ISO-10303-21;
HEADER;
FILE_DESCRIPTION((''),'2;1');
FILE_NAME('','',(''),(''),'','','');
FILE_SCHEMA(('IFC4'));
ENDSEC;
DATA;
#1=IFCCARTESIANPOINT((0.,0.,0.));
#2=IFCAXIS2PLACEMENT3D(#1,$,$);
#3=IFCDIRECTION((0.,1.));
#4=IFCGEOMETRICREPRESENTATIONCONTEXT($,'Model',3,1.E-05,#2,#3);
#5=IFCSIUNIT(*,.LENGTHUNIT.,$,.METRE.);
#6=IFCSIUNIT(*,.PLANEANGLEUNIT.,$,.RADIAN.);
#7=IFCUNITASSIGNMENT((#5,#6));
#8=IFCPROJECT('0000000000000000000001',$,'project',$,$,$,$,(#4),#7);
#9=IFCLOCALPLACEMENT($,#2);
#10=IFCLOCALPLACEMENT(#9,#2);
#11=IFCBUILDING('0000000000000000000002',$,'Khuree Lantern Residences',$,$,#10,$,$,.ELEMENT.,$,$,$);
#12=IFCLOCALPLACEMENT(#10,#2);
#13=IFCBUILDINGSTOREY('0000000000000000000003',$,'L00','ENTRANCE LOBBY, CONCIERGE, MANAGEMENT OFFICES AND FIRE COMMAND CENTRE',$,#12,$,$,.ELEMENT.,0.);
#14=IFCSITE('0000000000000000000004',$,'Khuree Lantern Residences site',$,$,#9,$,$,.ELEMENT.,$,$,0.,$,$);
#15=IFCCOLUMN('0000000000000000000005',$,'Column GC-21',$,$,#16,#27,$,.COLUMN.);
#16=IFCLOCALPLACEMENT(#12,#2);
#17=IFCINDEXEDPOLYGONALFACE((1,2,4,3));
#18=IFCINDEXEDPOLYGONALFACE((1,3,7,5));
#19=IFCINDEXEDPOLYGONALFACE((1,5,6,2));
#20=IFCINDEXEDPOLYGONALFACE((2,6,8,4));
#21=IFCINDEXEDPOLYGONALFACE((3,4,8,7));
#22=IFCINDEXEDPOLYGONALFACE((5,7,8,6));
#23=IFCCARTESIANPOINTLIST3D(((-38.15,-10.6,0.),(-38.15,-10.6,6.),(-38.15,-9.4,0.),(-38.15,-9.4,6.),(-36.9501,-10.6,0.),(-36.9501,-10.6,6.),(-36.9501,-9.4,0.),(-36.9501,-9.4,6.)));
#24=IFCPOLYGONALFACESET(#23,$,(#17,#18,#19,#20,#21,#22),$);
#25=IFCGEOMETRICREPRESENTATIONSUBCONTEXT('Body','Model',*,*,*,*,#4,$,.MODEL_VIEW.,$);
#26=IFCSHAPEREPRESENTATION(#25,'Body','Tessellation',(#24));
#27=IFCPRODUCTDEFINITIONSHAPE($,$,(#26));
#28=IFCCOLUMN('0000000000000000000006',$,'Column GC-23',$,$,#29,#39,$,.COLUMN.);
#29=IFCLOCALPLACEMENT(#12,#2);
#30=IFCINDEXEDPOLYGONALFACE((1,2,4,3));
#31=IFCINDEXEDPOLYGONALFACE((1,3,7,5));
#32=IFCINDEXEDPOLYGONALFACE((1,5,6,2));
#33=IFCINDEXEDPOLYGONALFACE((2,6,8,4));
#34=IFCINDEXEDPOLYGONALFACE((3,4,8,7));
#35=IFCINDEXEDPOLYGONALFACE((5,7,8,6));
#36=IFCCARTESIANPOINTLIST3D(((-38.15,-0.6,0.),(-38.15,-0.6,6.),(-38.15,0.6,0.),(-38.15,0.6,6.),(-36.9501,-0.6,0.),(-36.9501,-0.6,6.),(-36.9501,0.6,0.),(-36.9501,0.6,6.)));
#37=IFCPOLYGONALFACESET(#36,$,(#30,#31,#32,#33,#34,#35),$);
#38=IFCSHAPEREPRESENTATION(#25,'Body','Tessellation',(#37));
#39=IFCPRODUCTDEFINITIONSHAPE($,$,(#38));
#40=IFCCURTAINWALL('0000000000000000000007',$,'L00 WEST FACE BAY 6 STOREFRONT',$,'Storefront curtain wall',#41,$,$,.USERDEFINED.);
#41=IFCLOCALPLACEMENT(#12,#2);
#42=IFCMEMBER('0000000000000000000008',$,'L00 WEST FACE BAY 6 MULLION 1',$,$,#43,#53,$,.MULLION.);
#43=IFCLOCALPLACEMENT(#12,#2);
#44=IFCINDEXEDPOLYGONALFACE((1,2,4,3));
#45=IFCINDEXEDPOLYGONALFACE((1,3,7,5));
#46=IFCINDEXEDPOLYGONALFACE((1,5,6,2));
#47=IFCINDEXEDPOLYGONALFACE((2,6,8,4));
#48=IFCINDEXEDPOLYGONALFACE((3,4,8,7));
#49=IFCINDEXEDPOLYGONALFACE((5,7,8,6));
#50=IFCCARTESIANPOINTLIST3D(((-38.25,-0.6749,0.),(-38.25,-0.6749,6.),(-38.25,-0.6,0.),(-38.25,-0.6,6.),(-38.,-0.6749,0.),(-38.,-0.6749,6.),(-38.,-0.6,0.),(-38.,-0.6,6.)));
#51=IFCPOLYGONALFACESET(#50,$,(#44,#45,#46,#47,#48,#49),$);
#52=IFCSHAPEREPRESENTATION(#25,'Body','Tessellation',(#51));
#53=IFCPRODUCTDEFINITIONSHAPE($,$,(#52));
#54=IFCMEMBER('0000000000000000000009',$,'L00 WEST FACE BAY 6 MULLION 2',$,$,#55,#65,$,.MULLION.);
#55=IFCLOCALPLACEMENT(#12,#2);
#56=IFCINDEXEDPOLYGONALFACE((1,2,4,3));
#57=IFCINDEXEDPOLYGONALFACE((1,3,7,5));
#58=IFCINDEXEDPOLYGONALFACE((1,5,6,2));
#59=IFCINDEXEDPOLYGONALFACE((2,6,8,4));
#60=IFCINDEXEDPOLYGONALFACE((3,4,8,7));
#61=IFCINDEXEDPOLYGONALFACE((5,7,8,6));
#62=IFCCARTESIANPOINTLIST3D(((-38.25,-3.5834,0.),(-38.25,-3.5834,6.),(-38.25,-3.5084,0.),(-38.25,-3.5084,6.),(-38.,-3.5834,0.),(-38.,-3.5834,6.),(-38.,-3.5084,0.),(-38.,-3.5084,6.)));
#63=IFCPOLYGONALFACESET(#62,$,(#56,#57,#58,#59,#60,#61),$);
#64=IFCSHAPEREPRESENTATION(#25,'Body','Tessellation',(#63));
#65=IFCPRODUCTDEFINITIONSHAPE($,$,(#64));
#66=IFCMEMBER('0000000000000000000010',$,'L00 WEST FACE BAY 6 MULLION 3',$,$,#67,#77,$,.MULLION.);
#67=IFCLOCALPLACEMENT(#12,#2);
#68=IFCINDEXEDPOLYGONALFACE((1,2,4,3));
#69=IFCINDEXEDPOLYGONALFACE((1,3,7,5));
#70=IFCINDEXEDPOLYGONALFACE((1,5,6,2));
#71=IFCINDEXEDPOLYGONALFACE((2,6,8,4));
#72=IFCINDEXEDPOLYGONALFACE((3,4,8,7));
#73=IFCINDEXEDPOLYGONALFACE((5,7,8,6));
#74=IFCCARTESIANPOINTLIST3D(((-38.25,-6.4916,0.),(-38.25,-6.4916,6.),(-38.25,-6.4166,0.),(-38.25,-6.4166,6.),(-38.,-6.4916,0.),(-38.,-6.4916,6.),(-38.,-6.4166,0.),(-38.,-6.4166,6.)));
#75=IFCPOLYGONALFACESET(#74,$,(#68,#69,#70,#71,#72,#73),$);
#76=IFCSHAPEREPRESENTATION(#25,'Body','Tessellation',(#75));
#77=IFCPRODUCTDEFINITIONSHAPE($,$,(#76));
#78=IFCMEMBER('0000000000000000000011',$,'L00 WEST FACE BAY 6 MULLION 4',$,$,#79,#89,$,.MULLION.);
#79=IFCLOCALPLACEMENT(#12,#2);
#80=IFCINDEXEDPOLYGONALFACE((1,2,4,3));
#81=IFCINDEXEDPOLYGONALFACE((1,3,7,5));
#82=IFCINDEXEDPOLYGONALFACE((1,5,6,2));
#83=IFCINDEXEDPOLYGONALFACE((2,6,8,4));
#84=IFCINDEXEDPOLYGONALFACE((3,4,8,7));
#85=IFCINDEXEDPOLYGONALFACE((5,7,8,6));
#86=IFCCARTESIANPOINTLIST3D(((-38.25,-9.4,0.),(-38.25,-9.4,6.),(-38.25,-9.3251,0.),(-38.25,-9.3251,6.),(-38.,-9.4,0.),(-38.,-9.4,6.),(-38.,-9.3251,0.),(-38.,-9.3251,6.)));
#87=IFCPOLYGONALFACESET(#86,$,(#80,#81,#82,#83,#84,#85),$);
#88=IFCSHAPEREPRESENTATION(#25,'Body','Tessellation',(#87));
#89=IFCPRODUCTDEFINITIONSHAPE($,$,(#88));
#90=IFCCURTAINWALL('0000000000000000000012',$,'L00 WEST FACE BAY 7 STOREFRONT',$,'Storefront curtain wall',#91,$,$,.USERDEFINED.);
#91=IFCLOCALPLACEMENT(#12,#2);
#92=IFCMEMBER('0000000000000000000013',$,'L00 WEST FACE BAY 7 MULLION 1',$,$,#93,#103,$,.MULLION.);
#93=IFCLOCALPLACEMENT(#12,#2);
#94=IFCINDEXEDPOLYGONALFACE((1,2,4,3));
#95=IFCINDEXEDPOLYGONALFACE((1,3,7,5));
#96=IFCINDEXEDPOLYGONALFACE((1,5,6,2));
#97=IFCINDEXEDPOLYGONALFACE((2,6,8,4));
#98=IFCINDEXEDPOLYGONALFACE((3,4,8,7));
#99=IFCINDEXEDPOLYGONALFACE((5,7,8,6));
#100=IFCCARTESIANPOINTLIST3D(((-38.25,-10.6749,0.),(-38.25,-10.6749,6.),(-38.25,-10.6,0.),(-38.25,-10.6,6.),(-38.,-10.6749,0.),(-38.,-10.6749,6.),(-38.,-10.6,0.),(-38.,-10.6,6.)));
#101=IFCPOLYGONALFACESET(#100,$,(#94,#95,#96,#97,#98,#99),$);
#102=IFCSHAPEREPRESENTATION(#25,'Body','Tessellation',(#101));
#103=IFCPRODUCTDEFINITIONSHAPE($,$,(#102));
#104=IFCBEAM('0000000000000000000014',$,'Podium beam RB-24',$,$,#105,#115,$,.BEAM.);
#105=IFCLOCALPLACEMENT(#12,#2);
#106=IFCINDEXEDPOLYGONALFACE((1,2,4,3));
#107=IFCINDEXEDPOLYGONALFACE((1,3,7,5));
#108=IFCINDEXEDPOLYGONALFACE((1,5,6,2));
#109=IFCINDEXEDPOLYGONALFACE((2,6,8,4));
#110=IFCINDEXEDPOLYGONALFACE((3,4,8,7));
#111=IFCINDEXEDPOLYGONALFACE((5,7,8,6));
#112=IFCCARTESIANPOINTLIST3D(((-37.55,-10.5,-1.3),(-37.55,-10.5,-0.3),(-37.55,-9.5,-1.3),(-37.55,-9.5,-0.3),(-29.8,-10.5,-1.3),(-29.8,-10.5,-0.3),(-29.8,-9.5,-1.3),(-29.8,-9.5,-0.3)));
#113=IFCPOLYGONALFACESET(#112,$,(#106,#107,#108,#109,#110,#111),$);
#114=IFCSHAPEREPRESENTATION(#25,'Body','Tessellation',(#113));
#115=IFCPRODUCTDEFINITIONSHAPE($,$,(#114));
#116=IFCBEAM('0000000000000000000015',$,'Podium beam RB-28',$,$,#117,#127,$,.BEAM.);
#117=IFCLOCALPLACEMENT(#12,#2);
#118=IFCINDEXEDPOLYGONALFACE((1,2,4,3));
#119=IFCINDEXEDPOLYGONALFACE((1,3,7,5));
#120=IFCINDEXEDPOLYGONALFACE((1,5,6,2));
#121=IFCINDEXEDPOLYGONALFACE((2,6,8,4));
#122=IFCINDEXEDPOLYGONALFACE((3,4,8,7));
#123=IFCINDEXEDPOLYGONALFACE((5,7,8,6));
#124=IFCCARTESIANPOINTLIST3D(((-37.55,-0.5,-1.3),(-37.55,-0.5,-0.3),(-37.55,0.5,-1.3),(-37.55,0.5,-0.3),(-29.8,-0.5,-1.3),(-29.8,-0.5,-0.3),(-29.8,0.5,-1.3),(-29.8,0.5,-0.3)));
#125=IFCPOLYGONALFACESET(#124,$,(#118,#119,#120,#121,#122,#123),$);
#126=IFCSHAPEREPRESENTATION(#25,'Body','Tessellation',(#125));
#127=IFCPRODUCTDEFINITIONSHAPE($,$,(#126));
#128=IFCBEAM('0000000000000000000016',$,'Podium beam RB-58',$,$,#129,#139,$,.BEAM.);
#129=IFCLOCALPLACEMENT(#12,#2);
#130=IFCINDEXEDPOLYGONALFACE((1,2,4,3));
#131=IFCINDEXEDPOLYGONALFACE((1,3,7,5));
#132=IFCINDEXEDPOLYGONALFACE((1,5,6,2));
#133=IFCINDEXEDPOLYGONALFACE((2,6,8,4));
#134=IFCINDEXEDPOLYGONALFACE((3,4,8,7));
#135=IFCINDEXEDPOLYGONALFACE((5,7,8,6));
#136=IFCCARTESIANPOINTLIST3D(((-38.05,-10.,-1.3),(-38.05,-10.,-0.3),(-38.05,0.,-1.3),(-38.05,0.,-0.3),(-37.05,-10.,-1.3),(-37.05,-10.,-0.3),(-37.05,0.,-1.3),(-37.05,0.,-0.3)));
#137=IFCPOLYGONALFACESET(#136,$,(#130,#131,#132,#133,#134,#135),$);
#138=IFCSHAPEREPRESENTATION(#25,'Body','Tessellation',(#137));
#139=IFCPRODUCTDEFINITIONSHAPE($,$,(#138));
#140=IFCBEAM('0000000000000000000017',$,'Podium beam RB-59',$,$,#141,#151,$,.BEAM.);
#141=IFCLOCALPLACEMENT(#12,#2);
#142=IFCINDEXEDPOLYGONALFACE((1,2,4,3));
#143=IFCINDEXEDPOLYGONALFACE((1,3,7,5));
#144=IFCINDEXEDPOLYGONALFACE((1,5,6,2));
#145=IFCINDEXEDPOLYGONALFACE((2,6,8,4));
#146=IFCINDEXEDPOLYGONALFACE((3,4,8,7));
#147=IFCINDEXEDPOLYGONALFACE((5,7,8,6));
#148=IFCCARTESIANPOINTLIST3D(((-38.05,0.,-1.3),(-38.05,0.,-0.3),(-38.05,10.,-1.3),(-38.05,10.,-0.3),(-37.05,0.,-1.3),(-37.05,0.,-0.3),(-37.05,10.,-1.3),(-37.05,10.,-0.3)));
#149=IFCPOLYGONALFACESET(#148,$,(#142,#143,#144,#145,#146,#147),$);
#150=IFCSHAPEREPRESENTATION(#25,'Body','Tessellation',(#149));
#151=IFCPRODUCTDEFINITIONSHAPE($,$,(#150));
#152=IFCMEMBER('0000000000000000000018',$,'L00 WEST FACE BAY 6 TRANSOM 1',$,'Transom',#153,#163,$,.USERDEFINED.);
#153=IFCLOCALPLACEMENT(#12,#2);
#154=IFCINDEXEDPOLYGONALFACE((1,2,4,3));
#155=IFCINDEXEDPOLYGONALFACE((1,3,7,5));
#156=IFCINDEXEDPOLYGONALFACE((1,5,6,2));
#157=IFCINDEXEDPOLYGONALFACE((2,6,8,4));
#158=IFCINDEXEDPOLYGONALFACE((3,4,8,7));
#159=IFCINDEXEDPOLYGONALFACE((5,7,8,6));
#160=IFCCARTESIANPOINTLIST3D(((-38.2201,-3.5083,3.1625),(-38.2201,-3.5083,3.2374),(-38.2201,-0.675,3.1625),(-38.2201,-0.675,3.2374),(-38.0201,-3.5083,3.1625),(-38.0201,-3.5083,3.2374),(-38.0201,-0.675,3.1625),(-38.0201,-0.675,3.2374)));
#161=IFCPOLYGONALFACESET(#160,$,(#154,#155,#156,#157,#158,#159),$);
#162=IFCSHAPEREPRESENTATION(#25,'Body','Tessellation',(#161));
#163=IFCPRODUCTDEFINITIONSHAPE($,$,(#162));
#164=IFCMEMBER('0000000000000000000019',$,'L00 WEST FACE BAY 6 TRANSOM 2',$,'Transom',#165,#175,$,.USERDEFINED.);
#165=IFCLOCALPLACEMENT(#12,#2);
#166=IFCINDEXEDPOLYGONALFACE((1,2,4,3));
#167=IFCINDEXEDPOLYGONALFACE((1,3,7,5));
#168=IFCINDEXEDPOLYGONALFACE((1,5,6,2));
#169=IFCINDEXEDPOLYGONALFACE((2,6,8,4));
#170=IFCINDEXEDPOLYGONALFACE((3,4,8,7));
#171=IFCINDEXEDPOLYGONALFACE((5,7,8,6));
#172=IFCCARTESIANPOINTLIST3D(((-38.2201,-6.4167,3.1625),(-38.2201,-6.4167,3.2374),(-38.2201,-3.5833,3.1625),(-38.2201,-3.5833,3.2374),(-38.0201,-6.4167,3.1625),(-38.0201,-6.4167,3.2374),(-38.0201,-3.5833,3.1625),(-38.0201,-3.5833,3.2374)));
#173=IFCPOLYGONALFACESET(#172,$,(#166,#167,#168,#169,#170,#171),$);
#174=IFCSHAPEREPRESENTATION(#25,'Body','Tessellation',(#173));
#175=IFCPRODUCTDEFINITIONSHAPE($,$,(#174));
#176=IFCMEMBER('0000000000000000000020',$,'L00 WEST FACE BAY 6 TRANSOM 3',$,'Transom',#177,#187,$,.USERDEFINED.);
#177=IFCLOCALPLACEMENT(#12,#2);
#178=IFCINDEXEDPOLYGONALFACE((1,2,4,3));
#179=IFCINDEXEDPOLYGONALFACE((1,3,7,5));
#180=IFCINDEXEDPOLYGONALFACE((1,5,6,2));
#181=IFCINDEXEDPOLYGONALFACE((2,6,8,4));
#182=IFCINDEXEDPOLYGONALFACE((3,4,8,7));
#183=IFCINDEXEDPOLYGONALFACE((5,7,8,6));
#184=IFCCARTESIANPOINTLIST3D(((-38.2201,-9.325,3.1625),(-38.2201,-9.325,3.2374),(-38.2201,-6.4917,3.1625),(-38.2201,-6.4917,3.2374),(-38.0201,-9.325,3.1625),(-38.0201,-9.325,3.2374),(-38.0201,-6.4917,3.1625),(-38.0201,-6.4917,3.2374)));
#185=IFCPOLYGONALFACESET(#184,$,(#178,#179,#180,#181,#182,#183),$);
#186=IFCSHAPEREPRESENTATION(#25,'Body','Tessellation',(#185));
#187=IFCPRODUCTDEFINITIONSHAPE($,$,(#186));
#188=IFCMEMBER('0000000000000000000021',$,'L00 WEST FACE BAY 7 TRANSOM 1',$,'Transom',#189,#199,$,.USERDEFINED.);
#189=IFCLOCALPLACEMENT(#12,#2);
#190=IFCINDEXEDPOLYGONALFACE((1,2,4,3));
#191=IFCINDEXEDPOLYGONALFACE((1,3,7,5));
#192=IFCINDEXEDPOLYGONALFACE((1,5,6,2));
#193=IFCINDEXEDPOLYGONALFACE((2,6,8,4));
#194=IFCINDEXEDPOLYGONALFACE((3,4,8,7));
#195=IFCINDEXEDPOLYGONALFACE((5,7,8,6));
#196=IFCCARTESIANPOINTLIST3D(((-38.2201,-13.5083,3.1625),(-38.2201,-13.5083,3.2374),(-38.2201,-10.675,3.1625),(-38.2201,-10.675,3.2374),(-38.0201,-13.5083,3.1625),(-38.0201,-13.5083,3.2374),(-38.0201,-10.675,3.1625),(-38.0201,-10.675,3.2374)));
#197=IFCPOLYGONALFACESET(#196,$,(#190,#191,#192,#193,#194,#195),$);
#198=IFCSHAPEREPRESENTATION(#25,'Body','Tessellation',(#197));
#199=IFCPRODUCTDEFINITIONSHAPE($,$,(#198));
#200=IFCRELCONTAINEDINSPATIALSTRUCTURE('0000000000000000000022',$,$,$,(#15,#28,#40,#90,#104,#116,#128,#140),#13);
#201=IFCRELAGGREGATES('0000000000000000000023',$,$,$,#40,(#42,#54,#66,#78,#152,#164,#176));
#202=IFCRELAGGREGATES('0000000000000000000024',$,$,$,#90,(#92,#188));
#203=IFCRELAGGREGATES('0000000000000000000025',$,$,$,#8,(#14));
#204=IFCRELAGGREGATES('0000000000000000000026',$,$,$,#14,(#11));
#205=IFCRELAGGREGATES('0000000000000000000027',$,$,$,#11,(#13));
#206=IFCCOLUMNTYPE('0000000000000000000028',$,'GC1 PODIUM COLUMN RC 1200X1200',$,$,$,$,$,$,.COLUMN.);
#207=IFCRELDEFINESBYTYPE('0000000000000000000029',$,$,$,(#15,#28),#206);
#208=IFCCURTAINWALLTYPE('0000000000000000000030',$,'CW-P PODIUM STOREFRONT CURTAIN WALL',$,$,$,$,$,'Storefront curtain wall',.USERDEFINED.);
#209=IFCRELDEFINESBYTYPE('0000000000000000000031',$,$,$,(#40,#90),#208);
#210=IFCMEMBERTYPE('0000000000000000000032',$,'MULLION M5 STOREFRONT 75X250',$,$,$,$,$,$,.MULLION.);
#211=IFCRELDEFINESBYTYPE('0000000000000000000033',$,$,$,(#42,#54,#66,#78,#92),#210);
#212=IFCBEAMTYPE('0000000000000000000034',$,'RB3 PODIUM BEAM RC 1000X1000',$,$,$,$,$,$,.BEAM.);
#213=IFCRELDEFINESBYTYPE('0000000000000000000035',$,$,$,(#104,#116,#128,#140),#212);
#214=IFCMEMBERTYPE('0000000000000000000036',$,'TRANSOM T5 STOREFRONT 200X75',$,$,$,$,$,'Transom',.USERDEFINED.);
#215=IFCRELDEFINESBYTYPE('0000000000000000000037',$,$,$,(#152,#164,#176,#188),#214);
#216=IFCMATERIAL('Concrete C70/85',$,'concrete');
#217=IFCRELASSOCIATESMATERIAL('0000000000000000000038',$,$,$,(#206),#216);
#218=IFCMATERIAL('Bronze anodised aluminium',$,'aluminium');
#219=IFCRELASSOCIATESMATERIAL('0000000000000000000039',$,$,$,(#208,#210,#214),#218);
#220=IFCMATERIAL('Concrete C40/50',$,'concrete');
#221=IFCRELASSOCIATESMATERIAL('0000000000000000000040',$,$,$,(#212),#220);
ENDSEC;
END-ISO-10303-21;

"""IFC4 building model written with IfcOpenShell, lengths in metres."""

from ifc_helpers import new_model, si_unit, direction, frame, origin, origin_2d, place, context, subcontext, project, spatial, rectangle, extrude, material, material_profile, profile_set, type_object, element, aggregate, save


model = new_model("IFC4")

# Units and contexts
model_context = context("Model", 3, precision=1e-05, world=origin(), true_north=direction((0.0, 1.0)))
body_context = subcontext(model_context, "Body", "Model", "MODEL_VIEW")
ifc_project = project(units=[si_unit("LENGTHUNIT", "METRE"), si_unit("PLANEANGLEUNIT", "RADIAN")], contexts=[model_context])

# Site, building, storey
site_placement = place(None, origin())
site = spatial("IfcSite", under=ifc_project, at=site_placement, Name="Khuree Lantern Residences site", CompositionType="ELEMENT", RefElevation=0.0)
building_placement = place(site_placement, origin())
building = spatial("IfcBuilding", under=site, at=building_placement, Name="Khuree Lantern Residences", CompositionType="ELEMENT")
storey_placement = place(building_placement, origin())
storey = spatial("IfcBuildingStorey", under=building, at=storey_placement, Name="L00", Description="ENTRANCE LOBBY, CONCIERGE, MANAGEMENT OFFICES AND FIRE COMMAND CENTRE", CompositionType="ELEMENT", Elevation=0.0)

# Columns
ifc_material_1 = material(Name="Concrete C70/85", Category="concrete")
ifc_material_profile_1 = material_profile(ifc_material_1, rectangle(XDim=1.2, YDim=1.2, at=origin_2d()), Name="RC 1200X1200")
ifc_profile_set_1 = profile_set([ifc_material_profile_1], Name="Concrete C70/85")
column_type = type_object("IfcColumnType", Name="GC1 PODIUM COLUMN RC 1200X1200", PredefinedType="COLUMN", material=ifc_profile_set_1)
for number, where, z_axis, x_axis, name in (
    (1, (-37.55, -10.0, 0.0), (0.0, 0.0, 1.0), (1.0, 0.0, 0.0), "Column GC-21"),
    (2, (-37.55, 0.0, 0.0), (0.0, 0.0, 1.0), (1.0, 0.0, 0.0), "Column GC-23"),
):
    element("IfcColumn", number, at=place(storey_placement, frame(where, z_axis=z_axis, x_axis=x_axis)), inside=storey, type_object=column_type, Name=name, PredefinedType="COLUMN", context=body_context, shape_type="SweptSolid", body=[
        extrude(rectangle(XDim=1.2, YDim=1.2, at=origin_2d()), origin(), (0.0, 0.0, 1.0), 6.0),
    ])

# Curtain wall, members
ifc_material_2 = material(Name="Bronze anodised aluminium", Category="aluminium")
curtain_wall_type = type_object("IfcCurtainWallType", Name="CW-P PODIUM STOREFRONT CURTAIN WALL", ElementType="Storefront curtain wall", PredefinedType="USERDEFINED", material=ifc_material_2)
curtain_wall_1_placement = place(storey_placement, origin())
curtain_wall_1 = element("IfcCurtainWall", 3, at=curtain_wall_1_placement, inside=storey, type_object=curtain_wall_type, Name="L00 WEST FACE BAY 6 STOREFRONT", ObjectType="Storefront curtain wall", PredefinedType="USERDEFINED")
ifc_material_profile_2 = material_profile(ifc_material_2, rectangle(XDim=0.075, YDim=0.25, at=origin_2d()), Name="M5 75X250")
ifc_profile_set_2 = profile_set([ifc_material_profile_2], Name="Bronze anodised aluminium")
member_type_1 = type_object("IfcMemberType", Name="MULLION M5 STOREFRONT 75X250", PredefinedType="MULLION", material=ifc_profile_set_2)
member_1_placement = place(storey_placement, frame((-38.125, -0.6375, 0.0), z_axis=(0.0, 0.0, 1.0), x_axis=(0.0, -1.0, 0.0)))
member_1 = element("IfcMember", 4, at=member_1_placement, type_object=member_type_1, Name="L00 WEST FACE BAY 6 MULLION 1", PredefinedType="MULLION", context=body_context, shape_type="SweptSolid", body=[
    extrude(rectangle(XDim=0.075, YDim=0.25, at=origin_2d()), origin(), (0.0, 0.0, 1.0), 6.0),
])
member_2_placement = place(storey_placement, frame((-38.125, -3.5459, 0.0), z_axis=(0.0, 0.0, 1.0), x_axis=(0.0, -1.0, 0.0)))
member_2 = element("IfcMember", 5, at=member_2_placement, type_object=member_type_1, Name="L00 WEST FACE BAY 6 MULLION 2", PredefinedType="MULLION", context=body_context, shape_type="SweptSolid", body=[
    extrude(rectangle(XDim=0.075, YDim=0.25, at=origin_2d()), origin(), (0.0, 0.0, 1.0), 6.0),
])
member_3_placement = place(storey_placement, frame((-38.125, -6.4541, 0.0), z_axis=(0.0, 0.0, 1.0), x_axis=(0.0, -1.0, 0.0)))
member_3 = element("IfcMember", 6, at=member_3_placement, type_object=member_type_1, Name="L00 WEST FACE BAY 6 MULLION 3", PredefinedType="MULLION", context=body_context, shape_type="SweptSolid", body=[
    extrude(rectangle(XDim=0.075, YDim=0.25, at=origin_2d()), origin(), (0.0, 0.0, 1.0), 6.0),
])
member_4_placement = place(storey_placement, frame((-38.125, -9.3625, 0.0), z_axis=(0.0, 0.0, 1.0), x_axis=(0.0, -1.0, 0.0)))
member_4 = element("IfcMember", 7, at=member_4_placement, type_object=member_type_1, Name="L00 WEST FACE BAY 6 MULLION 4", PredefinedType="MULLION", context=body_context, shape_type="SweptSolid", body=[
    extrude(rectangle(XDim=0.075, YDim=0.25, at=origin_2d()), origin(), (0.0, 0.0, 1.0), 6.0),
])

# Curtain wall, member
curtain_wall_2_placement = place(storey_placement, origin())
curtain_wall_2 = element("IfcCurtainWall", 8, at=curtain_wall_2_placement, inside=storey, type_object=curtain_wall_type, Name="L00 WEST FACE BAY 7 STOREFRONT", ObjectType="Storefront curtain wall", PredefinedType="USERDEFINED")
member_5_placement = place(storey_placement, frame((-38.125, -10.6375, 0.0), z_axis=(0.0, 0.0, 1.0), x_axis=(0.0, -1.0, 0.0)))
member_5 = element("IfcMember", 9, at=member_5_placement, type_object=member_type_1, Name="L00 WEST FACE BAY 7 MULLION 1", PredefinedType="MULLION", context=body_context, shape_type="SweptSolid", body=[
    extrude(rectangle(XDim=0.075, YDim=0.25, at=origin_2d()), origin(), (0.0, 0.0, 1.0), 6.0),
])

# Beams
ifc_material_3 = material(Name="Concrete C40/50", Category="concrete")
ifc_material_profile_3 = material_profile(ifc_material_3, rectangle(XDim=1.0, YDim=1.0, at=origin_2d()), Name="RC 1000X1000")
ifc_profile_set_3 = profile_set([ifc_material_profile_3], Name="Concrete C40/50")
beam_type = type_object("IfcBeamType", Name="RB3 PODIUM BEAM RC 1000X1000", PredefinedType="BEAM", material=ifc_profile_set_3)
for number, where, z_axis, x_axis, name in (
    (10, (-37.55, -10.0, -0.8), (1.0, 0.0, 0.0), (0.0, 1.0, 0.0), "Podium beam RB-24"),
    (11, (-37.55, 0.0, -0.8), (1.0, 0.0, 0.0), (0.0, 1.0, 0.0), "Podium beam RB-28"),
):
    element("IfcBeam", number, at=place(storey_placement, frame(where, z_axis=z_axis, x_axis=x_axis)), inside=storey, type_object=beam_type, Name=name, PredefinedType="BEAM", context=body_context, shape_type="SweptSolid", body=[
        extrude(rectangle(XDim=1.0, YDim=1.0, at=origin_2d()), origin(), (0.0, 0.0, 1.0), 7.75),
    ])
for number, where, z_axis, x_axis, name in (
    (12, (-37.55, -10.0, -0.8), (0.0, 1.0, 0.0), (-1.0, 0.0, 0.0), "Podium beam RB-58"),
    (13, (-37.55, 0.0, -0.8), (0.0, 1.0, 0.0), (-1.0, 0.0, 0.0), "Podium beam RB-59"),
):
    element("IfcBeam", number, at=place(storey_placement, frame(where, z_axis=z_axis, x_axis=x_axis)), inside=storey, type_object=beam_type, Name=name, PredefinedType="BEAM", context=body_context, shape_type="SweptSolid", body=[
        extrude(rectangle(XDim=1.0, YDim=1.0, at=origin_2d()), origin(), (0.0, 0.0, 1.0), 10.0),
    ])

# Members
ifc_material_profile_4 = material_profile(ifc_material_2, rectangle(XDim=0.2, YDim=0.075, at=origin_2d()), Name="T5 200X75")
ifc_profile_set_4 = profile_set([ifc_material_profile_4], Name="Bronze anodised aluminium")
member_type_2 = type_object("IfcMemberType", Name="TRANSOM T5 STOREFRONT 200X75", ElementType="Transom", PredefinedType="USERDEFINED", material=ifc_profile_set_4)
member_6_placement = place(storey_placement, frame((-38.1201, -0.675, 3.2), z_axis=(0.0, -1.0, 0.0), x_axis=(1.0, 0.0, 0.0)))
member_6 = element("IfcMember", 14, at=member_6_placement, type_object=member_type_2, Name="L00 WEST FACE BAY 6 TRANSOM 1", ObjectType="Transom", PredefinedType="USERDEFINED", context=body_context, shape_type="SweptSolid", body=[
    extrude(rectangle(XDim=0.2, YDim=0.075, at=origin_2d()), origin(), (0.0, 0.0, 1.0), 2.8333),
])
member_7_placement = place(storey_placement, frame((-38.1201, -3.5833, 3.2), z_axis=(0.0, -1.0, 0.0), x_axis=(1.0, 0.0, 0.0)))
member_7 = element("IfcMember", 15, at=member_7_placement, type_object=member_type_2, Name="L00 WEST FACE BAY 6 TRANSOM 2", ObjectType="Transom", PredefinedType="USERDEFINED", context=body_context, shape_type="SweptSolid", body=[
    extrude(rectangle(XDim=0.2, YDim=0.075, at=origin_2d()), origin(), (0.0, 0.0, 1.0), 2.8335),
])
member_8_placement = place(storey_placement, frame((-38.1201, -6.4917, 3.2), z_axis=(0.0, -1.0, 0.0), x_axis=(1.0, 0.0, 0.0)))
member_8 = element("IfcMember", 16, at=member_8_placement, type_object=member_type_2, Name="L00 WEST FACE BAY 6 TRANSOM 3", ObjectType="Transom", PredefinedType="USERDEFINED", context=body_context, shape_type="SweptSolid", body=[
    extrude(rectangle(XDim=0.2, YDim=0.075, at=origin_2d()), origin(), (0.0, 0.0, 1.0), 2.8333),
])
member_9_placement = place(storey_placement, frame((-38.1201, -10.675, 3.2), z_axis=(0.0, -1.0, 0.0), x_axis=(1.0, 0.0, 0.0)))
member_9 = element("IfcMember", 17, at=member_9_placement, type_object=member_type_2, Name="L00 WEST FACE BAY 7 TRANSOM 1", ObjectType="Transom", PredefinedType="USERDEFINED", context=body_context, shape_type="SweptSolid", body=[
    extrude(rectangle(XDim=0.2, YDim=0.075, at=origin_2d()), origin(), (0.0, 0.0, 1.0), 2.8333),
])

aggregate(curtain_wall_1, [member_1, member_2, member_3, member_4, member_6, member_7, member_8])
aggregate(curtain_wall_2, [member_5, member_9])

save(model, "model.ifc")
